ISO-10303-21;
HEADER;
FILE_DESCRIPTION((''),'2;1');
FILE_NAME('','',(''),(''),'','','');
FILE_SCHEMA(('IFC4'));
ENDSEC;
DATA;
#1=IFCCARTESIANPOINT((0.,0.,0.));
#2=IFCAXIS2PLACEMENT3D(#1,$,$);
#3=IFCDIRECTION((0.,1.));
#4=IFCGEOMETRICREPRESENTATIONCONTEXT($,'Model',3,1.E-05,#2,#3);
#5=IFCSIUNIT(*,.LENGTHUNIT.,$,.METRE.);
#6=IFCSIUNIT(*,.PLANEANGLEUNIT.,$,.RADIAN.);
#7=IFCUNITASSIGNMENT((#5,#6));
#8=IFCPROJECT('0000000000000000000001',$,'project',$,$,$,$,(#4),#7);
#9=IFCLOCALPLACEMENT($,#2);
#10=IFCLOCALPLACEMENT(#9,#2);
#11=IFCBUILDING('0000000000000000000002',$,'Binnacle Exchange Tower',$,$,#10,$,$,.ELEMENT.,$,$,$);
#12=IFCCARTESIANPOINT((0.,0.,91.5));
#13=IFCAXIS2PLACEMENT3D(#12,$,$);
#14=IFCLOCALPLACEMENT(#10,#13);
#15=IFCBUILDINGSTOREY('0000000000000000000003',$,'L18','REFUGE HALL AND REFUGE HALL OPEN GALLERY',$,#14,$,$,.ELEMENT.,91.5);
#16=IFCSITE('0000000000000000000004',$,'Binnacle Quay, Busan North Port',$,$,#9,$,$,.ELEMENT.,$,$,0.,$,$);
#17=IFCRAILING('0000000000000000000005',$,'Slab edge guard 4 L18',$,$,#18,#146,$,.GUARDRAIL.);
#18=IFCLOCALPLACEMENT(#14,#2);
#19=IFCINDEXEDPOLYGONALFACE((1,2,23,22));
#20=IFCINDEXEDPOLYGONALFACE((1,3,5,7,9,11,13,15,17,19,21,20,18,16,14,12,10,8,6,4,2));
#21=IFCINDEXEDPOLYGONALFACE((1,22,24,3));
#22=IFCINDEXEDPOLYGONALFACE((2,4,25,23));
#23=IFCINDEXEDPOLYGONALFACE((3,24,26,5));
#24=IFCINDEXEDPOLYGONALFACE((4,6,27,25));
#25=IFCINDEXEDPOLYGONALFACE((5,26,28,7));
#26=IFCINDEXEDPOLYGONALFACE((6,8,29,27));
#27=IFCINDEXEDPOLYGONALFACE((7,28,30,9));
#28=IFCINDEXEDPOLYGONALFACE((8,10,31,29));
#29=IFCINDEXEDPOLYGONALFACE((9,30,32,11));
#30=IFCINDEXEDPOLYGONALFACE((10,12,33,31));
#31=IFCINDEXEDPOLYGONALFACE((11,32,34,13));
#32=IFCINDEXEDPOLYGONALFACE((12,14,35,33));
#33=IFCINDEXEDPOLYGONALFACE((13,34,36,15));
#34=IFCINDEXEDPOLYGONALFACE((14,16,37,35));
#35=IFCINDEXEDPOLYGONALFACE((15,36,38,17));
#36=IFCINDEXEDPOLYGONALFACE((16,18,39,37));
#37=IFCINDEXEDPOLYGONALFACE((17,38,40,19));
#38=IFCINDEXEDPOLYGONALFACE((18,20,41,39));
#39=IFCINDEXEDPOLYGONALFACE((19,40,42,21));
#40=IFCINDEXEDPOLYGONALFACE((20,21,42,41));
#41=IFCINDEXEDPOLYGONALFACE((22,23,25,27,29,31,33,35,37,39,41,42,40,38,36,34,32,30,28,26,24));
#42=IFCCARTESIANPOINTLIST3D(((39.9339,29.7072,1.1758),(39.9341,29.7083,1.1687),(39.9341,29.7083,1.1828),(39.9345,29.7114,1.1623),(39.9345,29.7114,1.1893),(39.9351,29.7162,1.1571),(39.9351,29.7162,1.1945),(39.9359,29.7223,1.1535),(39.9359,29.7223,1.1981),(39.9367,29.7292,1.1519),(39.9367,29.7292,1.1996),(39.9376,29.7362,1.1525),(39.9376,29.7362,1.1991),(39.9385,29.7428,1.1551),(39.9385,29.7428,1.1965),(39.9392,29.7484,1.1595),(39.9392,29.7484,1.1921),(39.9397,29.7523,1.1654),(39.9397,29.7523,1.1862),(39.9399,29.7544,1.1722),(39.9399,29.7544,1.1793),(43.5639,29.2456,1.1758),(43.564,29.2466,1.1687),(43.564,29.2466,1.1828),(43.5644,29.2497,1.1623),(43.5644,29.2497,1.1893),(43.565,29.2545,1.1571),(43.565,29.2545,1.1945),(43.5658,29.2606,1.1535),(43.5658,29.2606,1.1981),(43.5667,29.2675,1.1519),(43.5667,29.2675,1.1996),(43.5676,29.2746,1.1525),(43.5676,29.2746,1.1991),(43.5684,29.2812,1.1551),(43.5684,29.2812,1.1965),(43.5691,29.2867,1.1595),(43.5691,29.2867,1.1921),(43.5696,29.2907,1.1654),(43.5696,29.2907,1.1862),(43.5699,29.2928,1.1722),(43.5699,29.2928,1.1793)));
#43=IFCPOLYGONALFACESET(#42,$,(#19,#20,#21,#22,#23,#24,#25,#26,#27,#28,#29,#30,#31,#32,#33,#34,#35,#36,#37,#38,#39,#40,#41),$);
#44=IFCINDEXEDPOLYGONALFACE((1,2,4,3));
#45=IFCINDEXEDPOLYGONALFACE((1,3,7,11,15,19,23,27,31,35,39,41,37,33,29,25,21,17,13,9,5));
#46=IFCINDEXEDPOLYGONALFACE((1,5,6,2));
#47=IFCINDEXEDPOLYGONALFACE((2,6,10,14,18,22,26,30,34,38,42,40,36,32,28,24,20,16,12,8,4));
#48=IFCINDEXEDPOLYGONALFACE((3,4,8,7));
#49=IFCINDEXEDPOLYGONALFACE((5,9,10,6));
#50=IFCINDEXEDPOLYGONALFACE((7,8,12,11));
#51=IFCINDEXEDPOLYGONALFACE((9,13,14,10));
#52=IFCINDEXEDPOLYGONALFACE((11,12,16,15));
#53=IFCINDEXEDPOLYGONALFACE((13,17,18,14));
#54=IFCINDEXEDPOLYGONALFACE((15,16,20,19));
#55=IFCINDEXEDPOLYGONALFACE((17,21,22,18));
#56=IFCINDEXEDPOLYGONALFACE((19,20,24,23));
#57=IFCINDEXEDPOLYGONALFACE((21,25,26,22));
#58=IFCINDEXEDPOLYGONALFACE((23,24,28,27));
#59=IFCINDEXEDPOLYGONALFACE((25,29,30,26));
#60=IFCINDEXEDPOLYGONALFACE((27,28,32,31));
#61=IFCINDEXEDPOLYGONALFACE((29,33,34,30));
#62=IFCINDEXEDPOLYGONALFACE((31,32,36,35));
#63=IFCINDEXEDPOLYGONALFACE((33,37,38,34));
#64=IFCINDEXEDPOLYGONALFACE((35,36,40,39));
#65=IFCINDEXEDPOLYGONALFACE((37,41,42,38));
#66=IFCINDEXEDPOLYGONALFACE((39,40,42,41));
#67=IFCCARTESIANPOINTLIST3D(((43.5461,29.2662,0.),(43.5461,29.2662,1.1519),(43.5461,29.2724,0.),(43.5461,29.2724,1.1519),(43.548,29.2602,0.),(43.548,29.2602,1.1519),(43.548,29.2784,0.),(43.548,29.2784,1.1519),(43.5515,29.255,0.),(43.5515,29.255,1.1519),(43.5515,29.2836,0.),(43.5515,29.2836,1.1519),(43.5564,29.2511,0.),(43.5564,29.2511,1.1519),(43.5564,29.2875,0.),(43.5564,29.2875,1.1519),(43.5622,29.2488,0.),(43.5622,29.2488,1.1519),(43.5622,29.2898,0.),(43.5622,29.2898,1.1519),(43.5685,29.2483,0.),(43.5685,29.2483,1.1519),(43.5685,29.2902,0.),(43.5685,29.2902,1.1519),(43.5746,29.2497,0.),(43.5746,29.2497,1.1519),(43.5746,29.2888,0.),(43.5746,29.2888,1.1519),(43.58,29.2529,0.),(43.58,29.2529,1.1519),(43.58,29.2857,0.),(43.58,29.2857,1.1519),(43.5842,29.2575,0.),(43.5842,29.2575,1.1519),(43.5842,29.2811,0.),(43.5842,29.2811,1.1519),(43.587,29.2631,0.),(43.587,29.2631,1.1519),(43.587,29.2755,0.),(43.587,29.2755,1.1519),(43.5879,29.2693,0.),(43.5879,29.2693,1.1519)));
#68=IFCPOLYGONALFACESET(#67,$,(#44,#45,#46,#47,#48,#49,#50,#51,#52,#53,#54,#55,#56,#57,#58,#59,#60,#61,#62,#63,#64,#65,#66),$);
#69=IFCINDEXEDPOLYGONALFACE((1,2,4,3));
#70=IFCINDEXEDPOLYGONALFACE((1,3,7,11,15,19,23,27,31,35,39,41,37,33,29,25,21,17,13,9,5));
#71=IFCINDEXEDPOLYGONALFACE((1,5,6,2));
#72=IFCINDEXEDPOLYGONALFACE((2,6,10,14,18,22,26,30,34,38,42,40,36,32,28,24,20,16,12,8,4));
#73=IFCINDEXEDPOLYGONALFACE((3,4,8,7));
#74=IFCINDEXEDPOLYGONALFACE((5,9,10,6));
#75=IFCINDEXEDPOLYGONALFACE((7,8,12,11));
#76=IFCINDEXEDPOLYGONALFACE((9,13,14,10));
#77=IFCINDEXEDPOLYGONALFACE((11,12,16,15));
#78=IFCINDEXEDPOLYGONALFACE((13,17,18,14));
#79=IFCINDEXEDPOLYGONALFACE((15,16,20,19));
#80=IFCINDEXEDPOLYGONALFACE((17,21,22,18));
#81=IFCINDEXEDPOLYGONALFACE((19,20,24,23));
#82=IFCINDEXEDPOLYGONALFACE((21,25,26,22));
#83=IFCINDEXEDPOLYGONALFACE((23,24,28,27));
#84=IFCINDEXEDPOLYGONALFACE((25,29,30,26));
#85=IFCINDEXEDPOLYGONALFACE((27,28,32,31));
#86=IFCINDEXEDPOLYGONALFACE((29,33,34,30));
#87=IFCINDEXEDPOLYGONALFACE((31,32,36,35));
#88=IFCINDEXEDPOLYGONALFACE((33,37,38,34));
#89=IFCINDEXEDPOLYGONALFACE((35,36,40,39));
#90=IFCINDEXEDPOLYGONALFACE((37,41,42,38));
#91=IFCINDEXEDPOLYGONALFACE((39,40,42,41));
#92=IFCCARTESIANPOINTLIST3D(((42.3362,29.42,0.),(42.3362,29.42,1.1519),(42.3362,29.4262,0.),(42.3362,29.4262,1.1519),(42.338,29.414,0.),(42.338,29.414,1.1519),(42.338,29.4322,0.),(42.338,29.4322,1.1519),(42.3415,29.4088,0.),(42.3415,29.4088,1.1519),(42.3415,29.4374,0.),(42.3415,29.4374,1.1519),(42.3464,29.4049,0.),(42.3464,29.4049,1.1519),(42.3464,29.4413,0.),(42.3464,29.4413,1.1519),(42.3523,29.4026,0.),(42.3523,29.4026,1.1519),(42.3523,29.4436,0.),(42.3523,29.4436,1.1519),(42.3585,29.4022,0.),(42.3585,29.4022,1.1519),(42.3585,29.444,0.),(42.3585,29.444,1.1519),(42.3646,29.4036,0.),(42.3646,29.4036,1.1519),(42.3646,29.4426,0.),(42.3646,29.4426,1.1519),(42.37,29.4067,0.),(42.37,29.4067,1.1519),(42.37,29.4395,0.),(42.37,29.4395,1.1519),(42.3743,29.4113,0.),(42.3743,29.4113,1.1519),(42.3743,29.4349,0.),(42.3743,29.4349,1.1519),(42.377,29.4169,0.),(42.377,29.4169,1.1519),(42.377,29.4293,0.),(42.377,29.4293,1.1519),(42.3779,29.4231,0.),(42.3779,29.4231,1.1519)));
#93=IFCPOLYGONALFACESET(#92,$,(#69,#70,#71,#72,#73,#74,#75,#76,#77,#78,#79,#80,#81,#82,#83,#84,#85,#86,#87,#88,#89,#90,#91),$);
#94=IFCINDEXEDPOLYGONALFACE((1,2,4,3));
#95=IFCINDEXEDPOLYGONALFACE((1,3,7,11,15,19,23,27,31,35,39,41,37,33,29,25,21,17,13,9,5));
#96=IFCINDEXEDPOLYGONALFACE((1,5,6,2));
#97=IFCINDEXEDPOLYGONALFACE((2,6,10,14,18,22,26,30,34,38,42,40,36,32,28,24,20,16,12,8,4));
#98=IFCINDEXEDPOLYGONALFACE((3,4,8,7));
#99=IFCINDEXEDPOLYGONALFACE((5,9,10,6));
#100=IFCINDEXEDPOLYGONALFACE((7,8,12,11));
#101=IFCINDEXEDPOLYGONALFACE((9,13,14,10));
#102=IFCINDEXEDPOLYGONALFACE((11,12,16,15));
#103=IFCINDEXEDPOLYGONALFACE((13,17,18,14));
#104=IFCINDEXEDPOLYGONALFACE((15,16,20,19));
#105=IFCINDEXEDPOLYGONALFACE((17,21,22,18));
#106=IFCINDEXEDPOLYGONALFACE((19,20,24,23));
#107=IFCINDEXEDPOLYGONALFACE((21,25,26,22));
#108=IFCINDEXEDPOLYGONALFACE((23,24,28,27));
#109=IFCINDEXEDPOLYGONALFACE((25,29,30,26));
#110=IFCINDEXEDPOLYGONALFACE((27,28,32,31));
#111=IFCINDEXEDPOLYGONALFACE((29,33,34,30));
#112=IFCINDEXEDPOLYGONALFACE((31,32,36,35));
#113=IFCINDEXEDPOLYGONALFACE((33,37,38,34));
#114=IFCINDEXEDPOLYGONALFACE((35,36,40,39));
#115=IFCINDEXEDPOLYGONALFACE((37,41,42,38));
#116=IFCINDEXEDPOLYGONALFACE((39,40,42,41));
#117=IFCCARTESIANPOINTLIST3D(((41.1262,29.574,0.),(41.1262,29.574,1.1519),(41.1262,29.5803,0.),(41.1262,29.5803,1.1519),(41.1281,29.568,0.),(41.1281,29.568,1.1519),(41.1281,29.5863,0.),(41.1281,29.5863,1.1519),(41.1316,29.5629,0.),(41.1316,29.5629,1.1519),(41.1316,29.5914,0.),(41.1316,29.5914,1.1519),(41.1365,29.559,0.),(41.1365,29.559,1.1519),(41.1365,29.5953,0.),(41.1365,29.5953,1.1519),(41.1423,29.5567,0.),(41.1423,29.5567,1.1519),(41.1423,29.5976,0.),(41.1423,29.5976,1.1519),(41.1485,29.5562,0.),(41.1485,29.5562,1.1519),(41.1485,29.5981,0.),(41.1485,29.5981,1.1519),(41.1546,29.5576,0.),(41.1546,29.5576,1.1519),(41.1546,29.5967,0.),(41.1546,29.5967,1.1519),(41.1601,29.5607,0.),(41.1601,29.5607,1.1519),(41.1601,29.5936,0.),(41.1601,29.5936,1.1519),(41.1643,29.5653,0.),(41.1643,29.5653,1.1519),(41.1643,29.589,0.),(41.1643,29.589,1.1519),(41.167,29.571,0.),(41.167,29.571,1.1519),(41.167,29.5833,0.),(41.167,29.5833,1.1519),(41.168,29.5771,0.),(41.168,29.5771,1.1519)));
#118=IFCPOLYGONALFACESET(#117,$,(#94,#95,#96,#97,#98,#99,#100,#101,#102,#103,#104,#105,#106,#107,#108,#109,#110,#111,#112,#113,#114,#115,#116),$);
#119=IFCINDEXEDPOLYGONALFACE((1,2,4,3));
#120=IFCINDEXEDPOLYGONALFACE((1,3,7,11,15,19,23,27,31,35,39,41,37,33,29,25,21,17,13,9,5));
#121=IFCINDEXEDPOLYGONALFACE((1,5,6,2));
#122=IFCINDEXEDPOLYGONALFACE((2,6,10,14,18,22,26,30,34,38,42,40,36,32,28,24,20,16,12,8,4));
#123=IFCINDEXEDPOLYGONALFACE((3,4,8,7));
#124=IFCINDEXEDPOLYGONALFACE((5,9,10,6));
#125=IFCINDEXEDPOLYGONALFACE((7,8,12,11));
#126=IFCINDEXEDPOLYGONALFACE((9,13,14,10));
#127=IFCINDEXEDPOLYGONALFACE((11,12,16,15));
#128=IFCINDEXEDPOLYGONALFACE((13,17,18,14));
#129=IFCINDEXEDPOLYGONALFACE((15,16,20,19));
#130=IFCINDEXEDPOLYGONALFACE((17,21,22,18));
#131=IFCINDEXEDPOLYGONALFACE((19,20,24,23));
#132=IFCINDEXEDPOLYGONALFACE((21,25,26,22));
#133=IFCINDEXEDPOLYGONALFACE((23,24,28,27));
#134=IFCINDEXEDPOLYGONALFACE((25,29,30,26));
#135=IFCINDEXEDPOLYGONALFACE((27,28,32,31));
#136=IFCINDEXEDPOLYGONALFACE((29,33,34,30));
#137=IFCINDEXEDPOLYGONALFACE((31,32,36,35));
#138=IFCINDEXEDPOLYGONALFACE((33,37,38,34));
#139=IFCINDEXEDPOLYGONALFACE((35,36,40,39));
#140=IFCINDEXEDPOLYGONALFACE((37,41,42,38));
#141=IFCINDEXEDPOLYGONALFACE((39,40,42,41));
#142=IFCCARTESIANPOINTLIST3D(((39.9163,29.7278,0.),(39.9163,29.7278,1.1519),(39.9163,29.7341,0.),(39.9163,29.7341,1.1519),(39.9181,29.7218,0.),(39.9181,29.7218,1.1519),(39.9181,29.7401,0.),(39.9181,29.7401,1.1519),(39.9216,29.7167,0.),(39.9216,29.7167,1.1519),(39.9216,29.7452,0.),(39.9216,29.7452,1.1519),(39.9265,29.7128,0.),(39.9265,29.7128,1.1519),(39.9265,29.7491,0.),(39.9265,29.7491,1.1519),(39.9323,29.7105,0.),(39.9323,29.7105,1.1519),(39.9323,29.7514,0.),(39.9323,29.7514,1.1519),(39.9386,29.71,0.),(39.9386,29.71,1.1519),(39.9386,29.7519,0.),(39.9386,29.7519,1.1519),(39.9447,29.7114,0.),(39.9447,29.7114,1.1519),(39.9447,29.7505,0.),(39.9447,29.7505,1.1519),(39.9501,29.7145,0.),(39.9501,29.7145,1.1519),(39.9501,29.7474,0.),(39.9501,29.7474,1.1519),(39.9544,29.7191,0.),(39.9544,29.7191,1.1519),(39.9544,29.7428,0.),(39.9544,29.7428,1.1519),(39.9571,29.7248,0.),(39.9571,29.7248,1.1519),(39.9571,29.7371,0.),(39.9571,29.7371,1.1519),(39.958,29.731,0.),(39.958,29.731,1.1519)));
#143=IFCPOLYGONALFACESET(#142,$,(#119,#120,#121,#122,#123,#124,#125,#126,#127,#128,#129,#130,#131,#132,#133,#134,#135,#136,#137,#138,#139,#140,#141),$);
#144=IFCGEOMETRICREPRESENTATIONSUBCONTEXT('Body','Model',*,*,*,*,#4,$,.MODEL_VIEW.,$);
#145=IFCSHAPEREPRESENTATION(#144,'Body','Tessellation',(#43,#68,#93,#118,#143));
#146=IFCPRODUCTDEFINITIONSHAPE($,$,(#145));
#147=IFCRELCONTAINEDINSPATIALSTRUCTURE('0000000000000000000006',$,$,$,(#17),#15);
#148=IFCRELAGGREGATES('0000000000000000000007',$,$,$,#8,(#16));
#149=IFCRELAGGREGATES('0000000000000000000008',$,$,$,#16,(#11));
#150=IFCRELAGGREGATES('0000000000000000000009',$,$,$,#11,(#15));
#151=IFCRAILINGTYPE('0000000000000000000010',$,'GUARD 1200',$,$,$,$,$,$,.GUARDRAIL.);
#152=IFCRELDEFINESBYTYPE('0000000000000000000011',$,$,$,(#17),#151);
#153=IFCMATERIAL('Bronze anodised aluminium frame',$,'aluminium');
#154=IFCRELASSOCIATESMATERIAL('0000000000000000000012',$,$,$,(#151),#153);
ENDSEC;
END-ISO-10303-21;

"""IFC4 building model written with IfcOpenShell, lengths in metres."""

from ifc_helpers import new_model, si_unit, direction, frame, origin, origin_2d, place, context, subcontext, project, spatial, circle, extrude, material, type_object, element, save


model = new_model("IFC4")

# Units and contexts
model_context = context("Model", 3, precision=1e-05, world=origin(), true_north=direction((0.0, 1.0)))
body_context = subcontext(model_context, "Body", "Model", "MODEL_VIEW")
ifc_project = project(units=[si_unit("LENGTHUNIT", "METRE"), si_unit("PLANEANGLEUNIT", "RADIAN")], contexts=[model_context])

# Site, building, storey
site_placement = place(None, origin())
site = spatial("IfcSite", under=ifc_project, at=site_placement, Name="Binnacle Quay, Busan North Port", CompositionType="ELEMENT", RefElevation=0.0)
building_placement = place(site_placement, origin())
building = spatial("IfcBuilding", under=site, at=building_placement, Name="Binnacle Exchange Tower", CompositionType="ELEMENT")
storey_placement = place(building_placement, frame((0.0, 0.0, 91.5)))
storey = spatial("IfcBuildingStorey", under=building, at=storey_placement, Name="L18", Description="REFUGE HALL AND REFUGE HALL OPEN GALLERY", CompositionType="ELEMENT", Elevation=91.5)

# Railing
ifc_material_1 = material(Name="Bronze anodised aluminium frame", Category="aluminium")
railing_type = type_object("IfcRailingType", Name="GUARD 1200", PredefinedType="GUARDRAIL", material=ifc_material_1)
railing_1_placement = place(storey_placement, frame((43.5669, 29.2693, 0.0)))
element("IfcRailing", 1, at=railing_1_placement, inside=storey, type_object=railing_type, Name="Slab edge guard 4 L18", PredefinedType="GUARDRAIL", context=body_context, shape_type="SweptSolid", body=[
    extrude(circle(Radius=0.0239, at=origin_2d()), frame((0.0, 0.0, 1.1758), z_axis=(-0.992009, 0.12617, 0.0), x_axis=(-0.12617, -0.992009, 0.0)), (0.0, 0.0, 1.0), 3.6592),
    extrude(circle(Radius=0.021, at=origin_2d()), origin(), (0.0, 0.0, 1.0), 1.1519),
    extrude(circle(Radius=0.021, at=origin_2d()), frame((-1.21, 0.1538, 0.0)), (0.0, 0.0, 1.0), 1.1519),
    extrude(circle(Radius=0.021, at=origin_2d()), frame((-2.4199, 0.3079, 0.0)), (0.0, 0.0, 1.0), 1.1519),
    extrude(circle(Radius=0.021, at=origin_2d()), frame((-3.6299, 0.4617, 0.0)), (0.0, 0.0, 1.0), 1.1519),
])

save(model, "model.ifc")
